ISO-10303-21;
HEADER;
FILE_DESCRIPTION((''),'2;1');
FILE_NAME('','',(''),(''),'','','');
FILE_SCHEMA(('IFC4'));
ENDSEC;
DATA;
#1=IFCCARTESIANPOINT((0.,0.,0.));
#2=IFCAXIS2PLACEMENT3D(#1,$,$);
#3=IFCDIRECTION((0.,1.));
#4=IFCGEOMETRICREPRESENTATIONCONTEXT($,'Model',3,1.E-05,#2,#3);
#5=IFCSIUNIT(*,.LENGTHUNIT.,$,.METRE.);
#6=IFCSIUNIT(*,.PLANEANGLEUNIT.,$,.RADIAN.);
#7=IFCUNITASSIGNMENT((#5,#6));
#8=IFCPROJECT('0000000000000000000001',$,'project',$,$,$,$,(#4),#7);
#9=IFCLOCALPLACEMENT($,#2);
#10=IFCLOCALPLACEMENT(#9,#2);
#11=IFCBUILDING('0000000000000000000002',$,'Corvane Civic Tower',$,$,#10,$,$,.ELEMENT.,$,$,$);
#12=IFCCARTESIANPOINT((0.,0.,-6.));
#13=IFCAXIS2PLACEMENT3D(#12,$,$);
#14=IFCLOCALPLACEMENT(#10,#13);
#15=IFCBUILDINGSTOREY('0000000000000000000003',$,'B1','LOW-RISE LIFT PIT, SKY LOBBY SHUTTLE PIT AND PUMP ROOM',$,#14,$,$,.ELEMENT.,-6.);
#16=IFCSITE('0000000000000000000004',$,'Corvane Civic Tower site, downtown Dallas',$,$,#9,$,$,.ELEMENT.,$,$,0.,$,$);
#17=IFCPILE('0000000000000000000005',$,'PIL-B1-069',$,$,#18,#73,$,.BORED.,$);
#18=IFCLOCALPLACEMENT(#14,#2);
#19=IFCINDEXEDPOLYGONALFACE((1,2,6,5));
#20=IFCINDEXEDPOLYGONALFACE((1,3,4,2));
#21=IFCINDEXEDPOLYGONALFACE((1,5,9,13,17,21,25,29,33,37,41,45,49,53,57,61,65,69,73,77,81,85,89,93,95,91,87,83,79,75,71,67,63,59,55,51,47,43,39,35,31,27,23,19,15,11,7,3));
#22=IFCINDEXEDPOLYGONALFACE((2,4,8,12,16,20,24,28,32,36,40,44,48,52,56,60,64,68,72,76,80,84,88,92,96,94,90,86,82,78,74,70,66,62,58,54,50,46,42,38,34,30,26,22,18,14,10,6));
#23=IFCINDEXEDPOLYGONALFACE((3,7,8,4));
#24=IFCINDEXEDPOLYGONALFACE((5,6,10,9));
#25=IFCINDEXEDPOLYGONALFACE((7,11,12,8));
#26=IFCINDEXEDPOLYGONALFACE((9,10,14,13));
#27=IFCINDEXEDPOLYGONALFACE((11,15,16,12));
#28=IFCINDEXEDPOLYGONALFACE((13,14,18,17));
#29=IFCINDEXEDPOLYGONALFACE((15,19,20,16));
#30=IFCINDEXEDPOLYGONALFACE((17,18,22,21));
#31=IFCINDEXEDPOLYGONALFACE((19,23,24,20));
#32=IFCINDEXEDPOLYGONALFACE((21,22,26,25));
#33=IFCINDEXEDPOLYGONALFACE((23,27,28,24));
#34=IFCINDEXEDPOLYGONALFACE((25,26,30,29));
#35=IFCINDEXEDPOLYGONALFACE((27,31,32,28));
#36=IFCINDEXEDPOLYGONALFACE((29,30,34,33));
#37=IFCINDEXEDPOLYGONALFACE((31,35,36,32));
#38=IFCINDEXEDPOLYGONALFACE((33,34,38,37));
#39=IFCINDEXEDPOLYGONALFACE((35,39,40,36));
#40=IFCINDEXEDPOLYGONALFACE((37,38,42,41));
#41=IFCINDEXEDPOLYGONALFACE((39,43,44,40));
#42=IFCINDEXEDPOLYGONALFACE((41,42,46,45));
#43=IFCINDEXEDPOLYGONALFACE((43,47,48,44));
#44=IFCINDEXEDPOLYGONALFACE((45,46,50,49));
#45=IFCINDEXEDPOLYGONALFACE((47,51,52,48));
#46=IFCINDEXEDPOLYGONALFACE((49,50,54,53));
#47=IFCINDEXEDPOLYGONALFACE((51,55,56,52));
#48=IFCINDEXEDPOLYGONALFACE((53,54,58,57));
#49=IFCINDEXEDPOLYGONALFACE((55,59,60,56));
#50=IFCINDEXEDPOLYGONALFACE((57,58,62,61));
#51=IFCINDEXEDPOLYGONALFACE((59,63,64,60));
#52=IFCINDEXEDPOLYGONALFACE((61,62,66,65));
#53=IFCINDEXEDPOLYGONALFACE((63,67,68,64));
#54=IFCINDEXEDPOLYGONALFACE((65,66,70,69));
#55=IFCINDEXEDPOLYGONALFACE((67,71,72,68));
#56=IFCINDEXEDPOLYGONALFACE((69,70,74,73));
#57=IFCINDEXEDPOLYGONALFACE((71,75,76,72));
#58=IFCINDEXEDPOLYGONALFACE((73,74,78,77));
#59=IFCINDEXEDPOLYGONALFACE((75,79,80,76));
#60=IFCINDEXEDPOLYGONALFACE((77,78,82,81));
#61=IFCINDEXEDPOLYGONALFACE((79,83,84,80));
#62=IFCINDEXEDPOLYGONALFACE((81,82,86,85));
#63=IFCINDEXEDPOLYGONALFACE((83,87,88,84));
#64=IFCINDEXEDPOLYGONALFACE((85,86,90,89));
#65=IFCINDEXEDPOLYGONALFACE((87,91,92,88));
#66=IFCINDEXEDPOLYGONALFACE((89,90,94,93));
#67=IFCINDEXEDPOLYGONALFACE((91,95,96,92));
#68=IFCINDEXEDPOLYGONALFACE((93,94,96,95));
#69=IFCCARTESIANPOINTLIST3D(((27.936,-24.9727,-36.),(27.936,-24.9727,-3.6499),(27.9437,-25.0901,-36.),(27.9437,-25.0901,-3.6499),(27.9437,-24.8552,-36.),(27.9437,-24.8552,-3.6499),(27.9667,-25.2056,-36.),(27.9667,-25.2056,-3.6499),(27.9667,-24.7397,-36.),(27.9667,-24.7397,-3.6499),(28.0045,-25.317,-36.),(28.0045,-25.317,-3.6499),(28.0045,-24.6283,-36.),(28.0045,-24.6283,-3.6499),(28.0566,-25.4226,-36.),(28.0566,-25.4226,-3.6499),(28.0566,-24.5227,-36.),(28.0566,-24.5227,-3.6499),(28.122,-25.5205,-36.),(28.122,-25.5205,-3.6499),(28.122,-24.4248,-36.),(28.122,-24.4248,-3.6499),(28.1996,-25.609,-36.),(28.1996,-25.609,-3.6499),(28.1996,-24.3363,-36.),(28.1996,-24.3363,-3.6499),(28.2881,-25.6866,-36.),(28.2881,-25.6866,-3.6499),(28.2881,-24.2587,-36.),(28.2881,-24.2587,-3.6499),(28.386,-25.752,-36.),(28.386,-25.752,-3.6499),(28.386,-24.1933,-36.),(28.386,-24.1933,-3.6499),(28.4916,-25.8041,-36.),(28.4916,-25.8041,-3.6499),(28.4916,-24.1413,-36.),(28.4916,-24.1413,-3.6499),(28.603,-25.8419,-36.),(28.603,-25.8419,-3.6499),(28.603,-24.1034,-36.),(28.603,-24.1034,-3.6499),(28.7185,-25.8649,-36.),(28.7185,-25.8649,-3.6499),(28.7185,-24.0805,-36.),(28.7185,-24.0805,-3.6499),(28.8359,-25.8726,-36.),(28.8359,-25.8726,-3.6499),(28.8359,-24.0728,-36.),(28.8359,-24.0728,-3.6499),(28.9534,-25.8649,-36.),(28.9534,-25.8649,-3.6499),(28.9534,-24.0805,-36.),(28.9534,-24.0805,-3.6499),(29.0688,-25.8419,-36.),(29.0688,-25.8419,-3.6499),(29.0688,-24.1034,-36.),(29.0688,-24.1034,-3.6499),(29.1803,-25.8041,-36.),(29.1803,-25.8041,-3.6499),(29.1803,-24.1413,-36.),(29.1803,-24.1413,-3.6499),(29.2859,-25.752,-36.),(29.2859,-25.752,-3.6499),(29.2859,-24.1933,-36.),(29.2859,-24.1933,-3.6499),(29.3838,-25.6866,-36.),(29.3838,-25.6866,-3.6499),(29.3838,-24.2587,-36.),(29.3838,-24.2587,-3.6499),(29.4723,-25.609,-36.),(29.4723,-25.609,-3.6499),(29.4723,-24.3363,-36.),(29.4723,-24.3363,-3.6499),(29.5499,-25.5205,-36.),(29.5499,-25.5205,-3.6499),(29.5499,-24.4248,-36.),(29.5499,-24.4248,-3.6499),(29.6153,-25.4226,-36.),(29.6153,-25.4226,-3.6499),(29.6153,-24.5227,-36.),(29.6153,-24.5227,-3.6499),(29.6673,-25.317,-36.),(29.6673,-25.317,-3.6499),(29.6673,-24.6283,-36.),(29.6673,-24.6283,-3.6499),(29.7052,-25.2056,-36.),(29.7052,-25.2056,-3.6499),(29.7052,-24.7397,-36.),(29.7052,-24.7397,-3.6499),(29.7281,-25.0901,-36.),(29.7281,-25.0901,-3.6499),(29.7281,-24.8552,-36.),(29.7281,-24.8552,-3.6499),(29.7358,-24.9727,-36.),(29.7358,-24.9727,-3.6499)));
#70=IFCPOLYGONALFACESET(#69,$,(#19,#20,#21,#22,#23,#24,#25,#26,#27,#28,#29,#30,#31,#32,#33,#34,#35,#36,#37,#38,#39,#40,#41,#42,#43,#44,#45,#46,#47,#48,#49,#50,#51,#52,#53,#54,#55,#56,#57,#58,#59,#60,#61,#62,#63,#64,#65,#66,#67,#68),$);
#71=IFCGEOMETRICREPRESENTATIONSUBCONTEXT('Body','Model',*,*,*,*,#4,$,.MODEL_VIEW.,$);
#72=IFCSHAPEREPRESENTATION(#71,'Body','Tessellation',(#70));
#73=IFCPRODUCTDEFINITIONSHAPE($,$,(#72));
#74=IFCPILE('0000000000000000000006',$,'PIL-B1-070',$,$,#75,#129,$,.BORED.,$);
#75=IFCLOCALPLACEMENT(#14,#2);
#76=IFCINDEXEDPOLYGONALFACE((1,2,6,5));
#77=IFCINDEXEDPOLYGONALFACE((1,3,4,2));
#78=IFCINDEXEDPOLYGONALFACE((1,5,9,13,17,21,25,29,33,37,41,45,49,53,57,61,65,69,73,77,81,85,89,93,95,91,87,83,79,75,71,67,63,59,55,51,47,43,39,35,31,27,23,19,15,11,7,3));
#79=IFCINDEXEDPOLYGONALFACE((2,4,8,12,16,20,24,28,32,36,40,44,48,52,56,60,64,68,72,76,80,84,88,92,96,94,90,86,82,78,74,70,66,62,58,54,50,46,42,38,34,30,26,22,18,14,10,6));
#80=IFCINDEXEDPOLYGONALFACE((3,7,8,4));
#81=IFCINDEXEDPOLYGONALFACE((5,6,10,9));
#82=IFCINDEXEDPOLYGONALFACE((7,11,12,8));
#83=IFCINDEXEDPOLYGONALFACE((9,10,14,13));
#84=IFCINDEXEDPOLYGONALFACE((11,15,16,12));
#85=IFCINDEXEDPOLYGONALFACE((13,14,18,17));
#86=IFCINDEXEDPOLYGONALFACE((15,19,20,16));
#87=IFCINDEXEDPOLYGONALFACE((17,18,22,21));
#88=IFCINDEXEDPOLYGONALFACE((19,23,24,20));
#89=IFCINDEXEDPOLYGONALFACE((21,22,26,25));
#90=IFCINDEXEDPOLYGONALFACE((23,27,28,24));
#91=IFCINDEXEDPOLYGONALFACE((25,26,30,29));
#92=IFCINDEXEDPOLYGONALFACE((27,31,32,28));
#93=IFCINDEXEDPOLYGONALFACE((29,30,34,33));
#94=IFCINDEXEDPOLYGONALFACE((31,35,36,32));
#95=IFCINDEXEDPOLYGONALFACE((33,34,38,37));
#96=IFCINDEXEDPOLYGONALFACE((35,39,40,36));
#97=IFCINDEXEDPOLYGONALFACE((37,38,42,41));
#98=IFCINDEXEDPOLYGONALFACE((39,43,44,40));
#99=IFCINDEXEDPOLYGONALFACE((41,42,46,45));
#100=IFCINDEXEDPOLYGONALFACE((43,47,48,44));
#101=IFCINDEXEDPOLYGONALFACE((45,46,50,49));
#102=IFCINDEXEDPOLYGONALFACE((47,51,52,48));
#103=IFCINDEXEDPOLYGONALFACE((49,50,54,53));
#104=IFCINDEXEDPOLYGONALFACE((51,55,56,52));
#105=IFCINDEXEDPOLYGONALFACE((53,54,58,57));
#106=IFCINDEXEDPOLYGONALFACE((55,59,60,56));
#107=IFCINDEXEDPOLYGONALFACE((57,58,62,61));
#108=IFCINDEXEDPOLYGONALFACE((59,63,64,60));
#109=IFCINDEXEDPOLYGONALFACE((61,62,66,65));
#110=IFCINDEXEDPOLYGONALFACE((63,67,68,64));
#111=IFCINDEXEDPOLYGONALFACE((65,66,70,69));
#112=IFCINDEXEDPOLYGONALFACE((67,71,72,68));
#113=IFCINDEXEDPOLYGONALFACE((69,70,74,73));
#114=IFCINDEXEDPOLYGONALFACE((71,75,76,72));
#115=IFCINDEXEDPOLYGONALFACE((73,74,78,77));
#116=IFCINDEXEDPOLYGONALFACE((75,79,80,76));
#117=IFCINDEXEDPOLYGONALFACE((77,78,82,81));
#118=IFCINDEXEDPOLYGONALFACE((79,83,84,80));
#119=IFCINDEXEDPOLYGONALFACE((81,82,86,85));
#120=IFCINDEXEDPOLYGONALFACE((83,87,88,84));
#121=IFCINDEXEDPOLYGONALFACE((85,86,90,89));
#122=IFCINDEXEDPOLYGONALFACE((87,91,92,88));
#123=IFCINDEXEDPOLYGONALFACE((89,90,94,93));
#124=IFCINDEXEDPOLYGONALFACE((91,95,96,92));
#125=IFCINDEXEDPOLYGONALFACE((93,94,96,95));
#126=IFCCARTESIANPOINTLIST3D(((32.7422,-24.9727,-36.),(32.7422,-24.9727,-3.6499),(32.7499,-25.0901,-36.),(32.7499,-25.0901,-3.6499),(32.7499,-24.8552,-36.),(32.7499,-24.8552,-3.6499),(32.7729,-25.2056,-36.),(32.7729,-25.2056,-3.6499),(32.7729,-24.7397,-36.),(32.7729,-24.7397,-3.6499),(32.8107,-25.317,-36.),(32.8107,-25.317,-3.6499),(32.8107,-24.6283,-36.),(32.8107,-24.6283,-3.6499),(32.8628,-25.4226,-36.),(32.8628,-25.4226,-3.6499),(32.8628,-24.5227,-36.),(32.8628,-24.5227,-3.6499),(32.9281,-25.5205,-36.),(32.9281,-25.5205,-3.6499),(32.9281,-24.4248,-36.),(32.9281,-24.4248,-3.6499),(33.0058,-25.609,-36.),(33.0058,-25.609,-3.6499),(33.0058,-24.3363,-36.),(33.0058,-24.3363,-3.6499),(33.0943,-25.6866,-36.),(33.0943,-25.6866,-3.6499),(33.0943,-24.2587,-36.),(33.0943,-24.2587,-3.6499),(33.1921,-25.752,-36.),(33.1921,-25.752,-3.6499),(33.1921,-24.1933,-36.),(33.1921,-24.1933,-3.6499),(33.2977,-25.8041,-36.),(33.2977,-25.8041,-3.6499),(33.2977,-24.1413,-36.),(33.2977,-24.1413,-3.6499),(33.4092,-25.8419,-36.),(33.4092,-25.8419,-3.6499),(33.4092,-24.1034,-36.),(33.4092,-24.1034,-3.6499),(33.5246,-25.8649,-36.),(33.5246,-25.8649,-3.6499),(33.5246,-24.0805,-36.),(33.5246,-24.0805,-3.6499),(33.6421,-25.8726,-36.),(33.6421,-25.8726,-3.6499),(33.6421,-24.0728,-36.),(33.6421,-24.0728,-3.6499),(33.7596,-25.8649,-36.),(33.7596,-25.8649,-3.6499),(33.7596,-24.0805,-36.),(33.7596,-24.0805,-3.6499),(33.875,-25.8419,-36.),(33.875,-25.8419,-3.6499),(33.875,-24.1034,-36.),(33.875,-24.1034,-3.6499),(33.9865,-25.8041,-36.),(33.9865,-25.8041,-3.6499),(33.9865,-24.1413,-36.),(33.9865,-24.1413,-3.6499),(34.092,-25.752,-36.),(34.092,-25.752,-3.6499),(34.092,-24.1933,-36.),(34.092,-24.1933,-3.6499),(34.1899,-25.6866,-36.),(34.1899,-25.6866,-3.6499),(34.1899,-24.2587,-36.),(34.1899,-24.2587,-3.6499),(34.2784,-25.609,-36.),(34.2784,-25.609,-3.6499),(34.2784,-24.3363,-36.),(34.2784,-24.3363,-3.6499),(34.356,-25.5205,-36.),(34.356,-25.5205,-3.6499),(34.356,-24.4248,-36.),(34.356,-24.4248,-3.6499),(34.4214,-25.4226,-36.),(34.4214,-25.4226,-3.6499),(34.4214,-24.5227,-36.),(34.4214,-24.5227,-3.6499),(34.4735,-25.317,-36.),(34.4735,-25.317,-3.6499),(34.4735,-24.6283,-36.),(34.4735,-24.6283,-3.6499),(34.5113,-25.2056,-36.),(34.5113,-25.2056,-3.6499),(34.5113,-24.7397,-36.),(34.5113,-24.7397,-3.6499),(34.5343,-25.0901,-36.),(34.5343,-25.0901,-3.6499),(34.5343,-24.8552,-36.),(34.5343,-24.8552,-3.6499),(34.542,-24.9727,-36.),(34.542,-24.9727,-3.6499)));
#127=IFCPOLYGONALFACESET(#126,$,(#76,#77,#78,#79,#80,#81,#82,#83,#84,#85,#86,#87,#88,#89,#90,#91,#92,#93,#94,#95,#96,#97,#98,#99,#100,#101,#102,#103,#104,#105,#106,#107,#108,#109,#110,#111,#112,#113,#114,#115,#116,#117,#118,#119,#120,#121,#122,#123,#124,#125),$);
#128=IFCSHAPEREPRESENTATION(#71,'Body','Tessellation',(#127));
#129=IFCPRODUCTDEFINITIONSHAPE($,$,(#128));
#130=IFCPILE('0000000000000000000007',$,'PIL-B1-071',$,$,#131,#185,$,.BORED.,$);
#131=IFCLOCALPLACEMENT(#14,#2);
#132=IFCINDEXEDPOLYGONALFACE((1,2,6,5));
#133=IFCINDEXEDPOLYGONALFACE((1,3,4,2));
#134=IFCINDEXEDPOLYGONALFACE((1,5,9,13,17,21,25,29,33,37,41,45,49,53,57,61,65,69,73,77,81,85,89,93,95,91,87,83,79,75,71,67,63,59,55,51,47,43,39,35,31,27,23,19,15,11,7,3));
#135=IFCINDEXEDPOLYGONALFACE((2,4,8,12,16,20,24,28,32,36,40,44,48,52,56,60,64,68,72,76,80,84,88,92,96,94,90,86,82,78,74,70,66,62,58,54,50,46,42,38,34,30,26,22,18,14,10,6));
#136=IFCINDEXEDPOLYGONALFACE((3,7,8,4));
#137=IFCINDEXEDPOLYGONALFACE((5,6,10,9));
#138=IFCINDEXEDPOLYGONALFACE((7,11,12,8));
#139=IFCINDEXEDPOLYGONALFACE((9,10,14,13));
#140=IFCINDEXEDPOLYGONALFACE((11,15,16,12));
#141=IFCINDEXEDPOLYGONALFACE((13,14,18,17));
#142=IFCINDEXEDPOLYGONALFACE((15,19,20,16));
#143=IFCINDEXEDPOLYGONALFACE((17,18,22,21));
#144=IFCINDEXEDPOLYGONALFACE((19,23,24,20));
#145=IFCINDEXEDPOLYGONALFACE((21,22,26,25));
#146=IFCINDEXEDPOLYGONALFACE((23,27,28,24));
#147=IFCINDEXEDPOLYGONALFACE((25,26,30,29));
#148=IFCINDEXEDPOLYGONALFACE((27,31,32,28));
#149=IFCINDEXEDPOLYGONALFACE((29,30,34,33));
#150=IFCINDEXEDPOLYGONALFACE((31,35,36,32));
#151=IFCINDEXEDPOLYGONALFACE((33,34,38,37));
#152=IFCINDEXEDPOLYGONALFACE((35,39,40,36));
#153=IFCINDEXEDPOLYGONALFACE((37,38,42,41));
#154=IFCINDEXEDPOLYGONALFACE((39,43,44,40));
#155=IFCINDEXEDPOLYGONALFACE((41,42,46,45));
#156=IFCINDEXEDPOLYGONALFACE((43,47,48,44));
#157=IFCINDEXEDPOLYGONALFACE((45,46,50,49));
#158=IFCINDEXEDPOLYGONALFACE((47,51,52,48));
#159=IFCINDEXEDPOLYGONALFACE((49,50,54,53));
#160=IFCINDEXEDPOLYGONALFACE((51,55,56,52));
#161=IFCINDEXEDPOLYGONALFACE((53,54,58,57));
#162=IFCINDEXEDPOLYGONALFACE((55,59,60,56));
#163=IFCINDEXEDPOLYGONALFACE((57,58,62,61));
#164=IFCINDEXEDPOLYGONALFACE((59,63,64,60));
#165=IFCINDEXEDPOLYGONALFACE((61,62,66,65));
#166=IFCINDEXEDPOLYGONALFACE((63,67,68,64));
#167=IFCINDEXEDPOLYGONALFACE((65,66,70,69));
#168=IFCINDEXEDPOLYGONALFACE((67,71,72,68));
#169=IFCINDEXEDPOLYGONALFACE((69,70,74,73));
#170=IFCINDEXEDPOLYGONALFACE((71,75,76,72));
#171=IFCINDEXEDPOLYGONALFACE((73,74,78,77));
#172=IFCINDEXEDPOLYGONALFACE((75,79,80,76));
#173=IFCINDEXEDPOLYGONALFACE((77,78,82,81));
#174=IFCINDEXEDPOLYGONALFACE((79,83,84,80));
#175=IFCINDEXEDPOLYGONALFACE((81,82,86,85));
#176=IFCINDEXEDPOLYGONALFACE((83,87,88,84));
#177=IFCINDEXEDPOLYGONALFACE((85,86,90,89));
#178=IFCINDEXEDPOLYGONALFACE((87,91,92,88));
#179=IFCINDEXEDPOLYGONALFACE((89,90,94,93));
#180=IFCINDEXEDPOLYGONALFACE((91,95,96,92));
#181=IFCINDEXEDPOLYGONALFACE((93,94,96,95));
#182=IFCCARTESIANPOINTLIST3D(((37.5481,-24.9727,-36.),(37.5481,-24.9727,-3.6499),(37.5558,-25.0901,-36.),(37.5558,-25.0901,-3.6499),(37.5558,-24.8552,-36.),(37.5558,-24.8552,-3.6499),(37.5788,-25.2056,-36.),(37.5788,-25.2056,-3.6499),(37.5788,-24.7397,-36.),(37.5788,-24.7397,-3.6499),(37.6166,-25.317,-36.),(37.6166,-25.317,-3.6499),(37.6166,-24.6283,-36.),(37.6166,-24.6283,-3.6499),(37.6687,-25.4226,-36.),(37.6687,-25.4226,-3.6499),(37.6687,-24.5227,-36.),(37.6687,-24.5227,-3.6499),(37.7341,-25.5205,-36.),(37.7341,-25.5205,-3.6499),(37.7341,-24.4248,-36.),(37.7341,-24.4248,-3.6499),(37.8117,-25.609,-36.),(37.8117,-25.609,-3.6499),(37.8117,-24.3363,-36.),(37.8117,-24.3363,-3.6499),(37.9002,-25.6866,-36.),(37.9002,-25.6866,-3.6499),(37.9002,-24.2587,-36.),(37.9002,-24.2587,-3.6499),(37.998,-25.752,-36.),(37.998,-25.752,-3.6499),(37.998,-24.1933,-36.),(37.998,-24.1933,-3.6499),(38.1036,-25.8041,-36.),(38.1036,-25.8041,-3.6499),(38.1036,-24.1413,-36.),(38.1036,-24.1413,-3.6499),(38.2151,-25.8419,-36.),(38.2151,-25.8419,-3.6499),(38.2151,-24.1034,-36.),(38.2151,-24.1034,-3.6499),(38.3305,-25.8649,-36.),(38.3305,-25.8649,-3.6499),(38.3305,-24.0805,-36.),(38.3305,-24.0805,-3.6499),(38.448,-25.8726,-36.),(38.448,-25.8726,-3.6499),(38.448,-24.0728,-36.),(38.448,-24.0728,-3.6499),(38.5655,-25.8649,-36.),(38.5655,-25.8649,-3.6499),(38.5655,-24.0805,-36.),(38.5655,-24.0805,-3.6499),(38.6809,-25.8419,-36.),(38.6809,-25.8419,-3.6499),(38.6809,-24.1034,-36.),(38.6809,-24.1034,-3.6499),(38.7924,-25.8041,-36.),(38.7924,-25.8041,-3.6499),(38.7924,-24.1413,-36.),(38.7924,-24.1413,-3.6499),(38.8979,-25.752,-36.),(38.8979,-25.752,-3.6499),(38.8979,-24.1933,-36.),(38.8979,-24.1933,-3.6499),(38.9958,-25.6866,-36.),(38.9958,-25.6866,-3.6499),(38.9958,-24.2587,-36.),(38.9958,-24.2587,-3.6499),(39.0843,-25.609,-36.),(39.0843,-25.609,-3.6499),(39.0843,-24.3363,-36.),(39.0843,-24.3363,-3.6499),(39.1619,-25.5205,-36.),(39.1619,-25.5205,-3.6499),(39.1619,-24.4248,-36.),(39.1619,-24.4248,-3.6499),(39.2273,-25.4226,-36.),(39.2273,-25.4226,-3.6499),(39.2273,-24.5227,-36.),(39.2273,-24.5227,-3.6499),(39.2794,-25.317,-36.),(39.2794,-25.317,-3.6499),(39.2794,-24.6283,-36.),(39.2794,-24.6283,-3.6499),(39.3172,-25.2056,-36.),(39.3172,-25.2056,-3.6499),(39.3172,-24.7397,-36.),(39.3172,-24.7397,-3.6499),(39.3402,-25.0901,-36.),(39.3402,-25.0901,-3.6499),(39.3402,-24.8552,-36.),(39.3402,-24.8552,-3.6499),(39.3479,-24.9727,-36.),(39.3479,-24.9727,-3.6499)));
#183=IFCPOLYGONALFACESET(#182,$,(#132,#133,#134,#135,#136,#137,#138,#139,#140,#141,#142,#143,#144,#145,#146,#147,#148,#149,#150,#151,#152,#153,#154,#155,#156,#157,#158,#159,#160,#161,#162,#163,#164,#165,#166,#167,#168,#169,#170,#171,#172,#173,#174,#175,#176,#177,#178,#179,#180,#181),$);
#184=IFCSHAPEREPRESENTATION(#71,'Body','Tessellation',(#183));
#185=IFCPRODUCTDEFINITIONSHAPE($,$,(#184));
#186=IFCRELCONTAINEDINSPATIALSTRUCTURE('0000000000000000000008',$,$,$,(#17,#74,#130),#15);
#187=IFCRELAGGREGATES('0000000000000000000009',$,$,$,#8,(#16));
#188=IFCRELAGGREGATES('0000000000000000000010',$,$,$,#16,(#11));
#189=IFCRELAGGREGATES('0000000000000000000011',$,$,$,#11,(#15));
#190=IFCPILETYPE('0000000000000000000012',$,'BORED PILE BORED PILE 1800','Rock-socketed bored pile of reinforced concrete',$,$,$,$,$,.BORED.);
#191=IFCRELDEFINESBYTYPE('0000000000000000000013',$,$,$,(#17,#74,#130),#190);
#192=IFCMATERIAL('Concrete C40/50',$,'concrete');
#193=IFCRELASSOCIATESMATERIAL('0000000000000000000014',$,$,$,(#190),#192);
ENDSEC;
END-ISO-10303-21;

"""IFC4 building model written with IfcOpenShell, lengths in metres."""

from ifc_helpers import new_model, si_unit, direction, frame, origin, origin_2d, place, context, subcontext, project, spatial, circle, extrude, material, material_profile, profile_set, type_object, element, save


model = new_model("IFC4")

# Units and contexts
model_context = context("Model", 3, precision=1e-05, world=origin(), true_north=direction((0.0, 1.0)))
body_context = subcontext(model_context, "Body", "Model", "MODEL_VIEW")
ifc_project = project(units=[si_unit("LENGTHUNIT", "METRE"), si_unit("PLANEANGLEUNIT", "RADIAN")], contexts=[model_context])

# Site, building, storey
site_placement = place(None, origin())
site = spatial("IfcSite", under=ifc_project, at=site_placement, Name="Corvane Civic Tower site, downtown Dallas", CompositionType="ELEMENT", RefElevation=0.0)
building_placement = place(site_placement, origin())
building = spatial("IfcBuilding", under=site, at=building_placement, Name="Corvane Civic Tower", CompositionType="ELEMENT")
storey_placement = place(building_placement, frame((0.0, 0.0, -6.0)))
storey = spatial("IfcBuildingStorey", under=building, at=storey_placement, Name="B1", Description="LOW-RISE LIFT PIT, SKY LOBBY SHUTTLE PIT AND PUMP ROOM", CompositionType="ELEMENT", Elevation=-6.0)

# Piles
ifc_material_1 = material(Name="Concrete C40/50", Category="concrete")
ifc_material_profile_1 = material_profile(ifc_material_1, circle(Radius=0.8999, at=origin_2d()), Name="BORED PILE 1800")
ifc_profile_set_1 = profile_set([ifc_material_profile_1], Name="Concrete C40/50")
pile_type_1 = type_object("IfcPileType", Name="BORED PILE BORED PILE 1800", Description="Rock-socketed bored pile of reinforced concrete", PredefinedType="BORED", material=ifc_profile_set_1)
for number, where, z_axis, x_axis, name in (
    (1, (28.8359, -24.9727, -3.6499), (0.0, 0.0, -1.0), (1.0, 0.0, 0.0), "PIL-B1-069"),
    (2, (33.6421, -24.9727, -3.6499), (0.0, 0.0, -1.0), (1.0, 0.0, 0.0), "PIL-B1-070"),
    (3, (38.448, -24.9727, -3.6499), (0.0, 0.0, -1.0), (1.0, 0.0, 0.0), "PIL-B1-071"),
):
    element("IfcPile", number, at=place(storey_placement, frame(where, z_axis=z_axis, x_axis=x_axis)), inside=storey, type_object=pile_type_1, Name=name, PredefinedType="BORED", context=body_context, shape_type="SweptSolid", body=[
        extrude(circle(Radius=0.8999, at=origin_2d()), origin(), (0.0, 0.0, 1.0), 32.3501),
    ])

save(model, "model.ifc")
